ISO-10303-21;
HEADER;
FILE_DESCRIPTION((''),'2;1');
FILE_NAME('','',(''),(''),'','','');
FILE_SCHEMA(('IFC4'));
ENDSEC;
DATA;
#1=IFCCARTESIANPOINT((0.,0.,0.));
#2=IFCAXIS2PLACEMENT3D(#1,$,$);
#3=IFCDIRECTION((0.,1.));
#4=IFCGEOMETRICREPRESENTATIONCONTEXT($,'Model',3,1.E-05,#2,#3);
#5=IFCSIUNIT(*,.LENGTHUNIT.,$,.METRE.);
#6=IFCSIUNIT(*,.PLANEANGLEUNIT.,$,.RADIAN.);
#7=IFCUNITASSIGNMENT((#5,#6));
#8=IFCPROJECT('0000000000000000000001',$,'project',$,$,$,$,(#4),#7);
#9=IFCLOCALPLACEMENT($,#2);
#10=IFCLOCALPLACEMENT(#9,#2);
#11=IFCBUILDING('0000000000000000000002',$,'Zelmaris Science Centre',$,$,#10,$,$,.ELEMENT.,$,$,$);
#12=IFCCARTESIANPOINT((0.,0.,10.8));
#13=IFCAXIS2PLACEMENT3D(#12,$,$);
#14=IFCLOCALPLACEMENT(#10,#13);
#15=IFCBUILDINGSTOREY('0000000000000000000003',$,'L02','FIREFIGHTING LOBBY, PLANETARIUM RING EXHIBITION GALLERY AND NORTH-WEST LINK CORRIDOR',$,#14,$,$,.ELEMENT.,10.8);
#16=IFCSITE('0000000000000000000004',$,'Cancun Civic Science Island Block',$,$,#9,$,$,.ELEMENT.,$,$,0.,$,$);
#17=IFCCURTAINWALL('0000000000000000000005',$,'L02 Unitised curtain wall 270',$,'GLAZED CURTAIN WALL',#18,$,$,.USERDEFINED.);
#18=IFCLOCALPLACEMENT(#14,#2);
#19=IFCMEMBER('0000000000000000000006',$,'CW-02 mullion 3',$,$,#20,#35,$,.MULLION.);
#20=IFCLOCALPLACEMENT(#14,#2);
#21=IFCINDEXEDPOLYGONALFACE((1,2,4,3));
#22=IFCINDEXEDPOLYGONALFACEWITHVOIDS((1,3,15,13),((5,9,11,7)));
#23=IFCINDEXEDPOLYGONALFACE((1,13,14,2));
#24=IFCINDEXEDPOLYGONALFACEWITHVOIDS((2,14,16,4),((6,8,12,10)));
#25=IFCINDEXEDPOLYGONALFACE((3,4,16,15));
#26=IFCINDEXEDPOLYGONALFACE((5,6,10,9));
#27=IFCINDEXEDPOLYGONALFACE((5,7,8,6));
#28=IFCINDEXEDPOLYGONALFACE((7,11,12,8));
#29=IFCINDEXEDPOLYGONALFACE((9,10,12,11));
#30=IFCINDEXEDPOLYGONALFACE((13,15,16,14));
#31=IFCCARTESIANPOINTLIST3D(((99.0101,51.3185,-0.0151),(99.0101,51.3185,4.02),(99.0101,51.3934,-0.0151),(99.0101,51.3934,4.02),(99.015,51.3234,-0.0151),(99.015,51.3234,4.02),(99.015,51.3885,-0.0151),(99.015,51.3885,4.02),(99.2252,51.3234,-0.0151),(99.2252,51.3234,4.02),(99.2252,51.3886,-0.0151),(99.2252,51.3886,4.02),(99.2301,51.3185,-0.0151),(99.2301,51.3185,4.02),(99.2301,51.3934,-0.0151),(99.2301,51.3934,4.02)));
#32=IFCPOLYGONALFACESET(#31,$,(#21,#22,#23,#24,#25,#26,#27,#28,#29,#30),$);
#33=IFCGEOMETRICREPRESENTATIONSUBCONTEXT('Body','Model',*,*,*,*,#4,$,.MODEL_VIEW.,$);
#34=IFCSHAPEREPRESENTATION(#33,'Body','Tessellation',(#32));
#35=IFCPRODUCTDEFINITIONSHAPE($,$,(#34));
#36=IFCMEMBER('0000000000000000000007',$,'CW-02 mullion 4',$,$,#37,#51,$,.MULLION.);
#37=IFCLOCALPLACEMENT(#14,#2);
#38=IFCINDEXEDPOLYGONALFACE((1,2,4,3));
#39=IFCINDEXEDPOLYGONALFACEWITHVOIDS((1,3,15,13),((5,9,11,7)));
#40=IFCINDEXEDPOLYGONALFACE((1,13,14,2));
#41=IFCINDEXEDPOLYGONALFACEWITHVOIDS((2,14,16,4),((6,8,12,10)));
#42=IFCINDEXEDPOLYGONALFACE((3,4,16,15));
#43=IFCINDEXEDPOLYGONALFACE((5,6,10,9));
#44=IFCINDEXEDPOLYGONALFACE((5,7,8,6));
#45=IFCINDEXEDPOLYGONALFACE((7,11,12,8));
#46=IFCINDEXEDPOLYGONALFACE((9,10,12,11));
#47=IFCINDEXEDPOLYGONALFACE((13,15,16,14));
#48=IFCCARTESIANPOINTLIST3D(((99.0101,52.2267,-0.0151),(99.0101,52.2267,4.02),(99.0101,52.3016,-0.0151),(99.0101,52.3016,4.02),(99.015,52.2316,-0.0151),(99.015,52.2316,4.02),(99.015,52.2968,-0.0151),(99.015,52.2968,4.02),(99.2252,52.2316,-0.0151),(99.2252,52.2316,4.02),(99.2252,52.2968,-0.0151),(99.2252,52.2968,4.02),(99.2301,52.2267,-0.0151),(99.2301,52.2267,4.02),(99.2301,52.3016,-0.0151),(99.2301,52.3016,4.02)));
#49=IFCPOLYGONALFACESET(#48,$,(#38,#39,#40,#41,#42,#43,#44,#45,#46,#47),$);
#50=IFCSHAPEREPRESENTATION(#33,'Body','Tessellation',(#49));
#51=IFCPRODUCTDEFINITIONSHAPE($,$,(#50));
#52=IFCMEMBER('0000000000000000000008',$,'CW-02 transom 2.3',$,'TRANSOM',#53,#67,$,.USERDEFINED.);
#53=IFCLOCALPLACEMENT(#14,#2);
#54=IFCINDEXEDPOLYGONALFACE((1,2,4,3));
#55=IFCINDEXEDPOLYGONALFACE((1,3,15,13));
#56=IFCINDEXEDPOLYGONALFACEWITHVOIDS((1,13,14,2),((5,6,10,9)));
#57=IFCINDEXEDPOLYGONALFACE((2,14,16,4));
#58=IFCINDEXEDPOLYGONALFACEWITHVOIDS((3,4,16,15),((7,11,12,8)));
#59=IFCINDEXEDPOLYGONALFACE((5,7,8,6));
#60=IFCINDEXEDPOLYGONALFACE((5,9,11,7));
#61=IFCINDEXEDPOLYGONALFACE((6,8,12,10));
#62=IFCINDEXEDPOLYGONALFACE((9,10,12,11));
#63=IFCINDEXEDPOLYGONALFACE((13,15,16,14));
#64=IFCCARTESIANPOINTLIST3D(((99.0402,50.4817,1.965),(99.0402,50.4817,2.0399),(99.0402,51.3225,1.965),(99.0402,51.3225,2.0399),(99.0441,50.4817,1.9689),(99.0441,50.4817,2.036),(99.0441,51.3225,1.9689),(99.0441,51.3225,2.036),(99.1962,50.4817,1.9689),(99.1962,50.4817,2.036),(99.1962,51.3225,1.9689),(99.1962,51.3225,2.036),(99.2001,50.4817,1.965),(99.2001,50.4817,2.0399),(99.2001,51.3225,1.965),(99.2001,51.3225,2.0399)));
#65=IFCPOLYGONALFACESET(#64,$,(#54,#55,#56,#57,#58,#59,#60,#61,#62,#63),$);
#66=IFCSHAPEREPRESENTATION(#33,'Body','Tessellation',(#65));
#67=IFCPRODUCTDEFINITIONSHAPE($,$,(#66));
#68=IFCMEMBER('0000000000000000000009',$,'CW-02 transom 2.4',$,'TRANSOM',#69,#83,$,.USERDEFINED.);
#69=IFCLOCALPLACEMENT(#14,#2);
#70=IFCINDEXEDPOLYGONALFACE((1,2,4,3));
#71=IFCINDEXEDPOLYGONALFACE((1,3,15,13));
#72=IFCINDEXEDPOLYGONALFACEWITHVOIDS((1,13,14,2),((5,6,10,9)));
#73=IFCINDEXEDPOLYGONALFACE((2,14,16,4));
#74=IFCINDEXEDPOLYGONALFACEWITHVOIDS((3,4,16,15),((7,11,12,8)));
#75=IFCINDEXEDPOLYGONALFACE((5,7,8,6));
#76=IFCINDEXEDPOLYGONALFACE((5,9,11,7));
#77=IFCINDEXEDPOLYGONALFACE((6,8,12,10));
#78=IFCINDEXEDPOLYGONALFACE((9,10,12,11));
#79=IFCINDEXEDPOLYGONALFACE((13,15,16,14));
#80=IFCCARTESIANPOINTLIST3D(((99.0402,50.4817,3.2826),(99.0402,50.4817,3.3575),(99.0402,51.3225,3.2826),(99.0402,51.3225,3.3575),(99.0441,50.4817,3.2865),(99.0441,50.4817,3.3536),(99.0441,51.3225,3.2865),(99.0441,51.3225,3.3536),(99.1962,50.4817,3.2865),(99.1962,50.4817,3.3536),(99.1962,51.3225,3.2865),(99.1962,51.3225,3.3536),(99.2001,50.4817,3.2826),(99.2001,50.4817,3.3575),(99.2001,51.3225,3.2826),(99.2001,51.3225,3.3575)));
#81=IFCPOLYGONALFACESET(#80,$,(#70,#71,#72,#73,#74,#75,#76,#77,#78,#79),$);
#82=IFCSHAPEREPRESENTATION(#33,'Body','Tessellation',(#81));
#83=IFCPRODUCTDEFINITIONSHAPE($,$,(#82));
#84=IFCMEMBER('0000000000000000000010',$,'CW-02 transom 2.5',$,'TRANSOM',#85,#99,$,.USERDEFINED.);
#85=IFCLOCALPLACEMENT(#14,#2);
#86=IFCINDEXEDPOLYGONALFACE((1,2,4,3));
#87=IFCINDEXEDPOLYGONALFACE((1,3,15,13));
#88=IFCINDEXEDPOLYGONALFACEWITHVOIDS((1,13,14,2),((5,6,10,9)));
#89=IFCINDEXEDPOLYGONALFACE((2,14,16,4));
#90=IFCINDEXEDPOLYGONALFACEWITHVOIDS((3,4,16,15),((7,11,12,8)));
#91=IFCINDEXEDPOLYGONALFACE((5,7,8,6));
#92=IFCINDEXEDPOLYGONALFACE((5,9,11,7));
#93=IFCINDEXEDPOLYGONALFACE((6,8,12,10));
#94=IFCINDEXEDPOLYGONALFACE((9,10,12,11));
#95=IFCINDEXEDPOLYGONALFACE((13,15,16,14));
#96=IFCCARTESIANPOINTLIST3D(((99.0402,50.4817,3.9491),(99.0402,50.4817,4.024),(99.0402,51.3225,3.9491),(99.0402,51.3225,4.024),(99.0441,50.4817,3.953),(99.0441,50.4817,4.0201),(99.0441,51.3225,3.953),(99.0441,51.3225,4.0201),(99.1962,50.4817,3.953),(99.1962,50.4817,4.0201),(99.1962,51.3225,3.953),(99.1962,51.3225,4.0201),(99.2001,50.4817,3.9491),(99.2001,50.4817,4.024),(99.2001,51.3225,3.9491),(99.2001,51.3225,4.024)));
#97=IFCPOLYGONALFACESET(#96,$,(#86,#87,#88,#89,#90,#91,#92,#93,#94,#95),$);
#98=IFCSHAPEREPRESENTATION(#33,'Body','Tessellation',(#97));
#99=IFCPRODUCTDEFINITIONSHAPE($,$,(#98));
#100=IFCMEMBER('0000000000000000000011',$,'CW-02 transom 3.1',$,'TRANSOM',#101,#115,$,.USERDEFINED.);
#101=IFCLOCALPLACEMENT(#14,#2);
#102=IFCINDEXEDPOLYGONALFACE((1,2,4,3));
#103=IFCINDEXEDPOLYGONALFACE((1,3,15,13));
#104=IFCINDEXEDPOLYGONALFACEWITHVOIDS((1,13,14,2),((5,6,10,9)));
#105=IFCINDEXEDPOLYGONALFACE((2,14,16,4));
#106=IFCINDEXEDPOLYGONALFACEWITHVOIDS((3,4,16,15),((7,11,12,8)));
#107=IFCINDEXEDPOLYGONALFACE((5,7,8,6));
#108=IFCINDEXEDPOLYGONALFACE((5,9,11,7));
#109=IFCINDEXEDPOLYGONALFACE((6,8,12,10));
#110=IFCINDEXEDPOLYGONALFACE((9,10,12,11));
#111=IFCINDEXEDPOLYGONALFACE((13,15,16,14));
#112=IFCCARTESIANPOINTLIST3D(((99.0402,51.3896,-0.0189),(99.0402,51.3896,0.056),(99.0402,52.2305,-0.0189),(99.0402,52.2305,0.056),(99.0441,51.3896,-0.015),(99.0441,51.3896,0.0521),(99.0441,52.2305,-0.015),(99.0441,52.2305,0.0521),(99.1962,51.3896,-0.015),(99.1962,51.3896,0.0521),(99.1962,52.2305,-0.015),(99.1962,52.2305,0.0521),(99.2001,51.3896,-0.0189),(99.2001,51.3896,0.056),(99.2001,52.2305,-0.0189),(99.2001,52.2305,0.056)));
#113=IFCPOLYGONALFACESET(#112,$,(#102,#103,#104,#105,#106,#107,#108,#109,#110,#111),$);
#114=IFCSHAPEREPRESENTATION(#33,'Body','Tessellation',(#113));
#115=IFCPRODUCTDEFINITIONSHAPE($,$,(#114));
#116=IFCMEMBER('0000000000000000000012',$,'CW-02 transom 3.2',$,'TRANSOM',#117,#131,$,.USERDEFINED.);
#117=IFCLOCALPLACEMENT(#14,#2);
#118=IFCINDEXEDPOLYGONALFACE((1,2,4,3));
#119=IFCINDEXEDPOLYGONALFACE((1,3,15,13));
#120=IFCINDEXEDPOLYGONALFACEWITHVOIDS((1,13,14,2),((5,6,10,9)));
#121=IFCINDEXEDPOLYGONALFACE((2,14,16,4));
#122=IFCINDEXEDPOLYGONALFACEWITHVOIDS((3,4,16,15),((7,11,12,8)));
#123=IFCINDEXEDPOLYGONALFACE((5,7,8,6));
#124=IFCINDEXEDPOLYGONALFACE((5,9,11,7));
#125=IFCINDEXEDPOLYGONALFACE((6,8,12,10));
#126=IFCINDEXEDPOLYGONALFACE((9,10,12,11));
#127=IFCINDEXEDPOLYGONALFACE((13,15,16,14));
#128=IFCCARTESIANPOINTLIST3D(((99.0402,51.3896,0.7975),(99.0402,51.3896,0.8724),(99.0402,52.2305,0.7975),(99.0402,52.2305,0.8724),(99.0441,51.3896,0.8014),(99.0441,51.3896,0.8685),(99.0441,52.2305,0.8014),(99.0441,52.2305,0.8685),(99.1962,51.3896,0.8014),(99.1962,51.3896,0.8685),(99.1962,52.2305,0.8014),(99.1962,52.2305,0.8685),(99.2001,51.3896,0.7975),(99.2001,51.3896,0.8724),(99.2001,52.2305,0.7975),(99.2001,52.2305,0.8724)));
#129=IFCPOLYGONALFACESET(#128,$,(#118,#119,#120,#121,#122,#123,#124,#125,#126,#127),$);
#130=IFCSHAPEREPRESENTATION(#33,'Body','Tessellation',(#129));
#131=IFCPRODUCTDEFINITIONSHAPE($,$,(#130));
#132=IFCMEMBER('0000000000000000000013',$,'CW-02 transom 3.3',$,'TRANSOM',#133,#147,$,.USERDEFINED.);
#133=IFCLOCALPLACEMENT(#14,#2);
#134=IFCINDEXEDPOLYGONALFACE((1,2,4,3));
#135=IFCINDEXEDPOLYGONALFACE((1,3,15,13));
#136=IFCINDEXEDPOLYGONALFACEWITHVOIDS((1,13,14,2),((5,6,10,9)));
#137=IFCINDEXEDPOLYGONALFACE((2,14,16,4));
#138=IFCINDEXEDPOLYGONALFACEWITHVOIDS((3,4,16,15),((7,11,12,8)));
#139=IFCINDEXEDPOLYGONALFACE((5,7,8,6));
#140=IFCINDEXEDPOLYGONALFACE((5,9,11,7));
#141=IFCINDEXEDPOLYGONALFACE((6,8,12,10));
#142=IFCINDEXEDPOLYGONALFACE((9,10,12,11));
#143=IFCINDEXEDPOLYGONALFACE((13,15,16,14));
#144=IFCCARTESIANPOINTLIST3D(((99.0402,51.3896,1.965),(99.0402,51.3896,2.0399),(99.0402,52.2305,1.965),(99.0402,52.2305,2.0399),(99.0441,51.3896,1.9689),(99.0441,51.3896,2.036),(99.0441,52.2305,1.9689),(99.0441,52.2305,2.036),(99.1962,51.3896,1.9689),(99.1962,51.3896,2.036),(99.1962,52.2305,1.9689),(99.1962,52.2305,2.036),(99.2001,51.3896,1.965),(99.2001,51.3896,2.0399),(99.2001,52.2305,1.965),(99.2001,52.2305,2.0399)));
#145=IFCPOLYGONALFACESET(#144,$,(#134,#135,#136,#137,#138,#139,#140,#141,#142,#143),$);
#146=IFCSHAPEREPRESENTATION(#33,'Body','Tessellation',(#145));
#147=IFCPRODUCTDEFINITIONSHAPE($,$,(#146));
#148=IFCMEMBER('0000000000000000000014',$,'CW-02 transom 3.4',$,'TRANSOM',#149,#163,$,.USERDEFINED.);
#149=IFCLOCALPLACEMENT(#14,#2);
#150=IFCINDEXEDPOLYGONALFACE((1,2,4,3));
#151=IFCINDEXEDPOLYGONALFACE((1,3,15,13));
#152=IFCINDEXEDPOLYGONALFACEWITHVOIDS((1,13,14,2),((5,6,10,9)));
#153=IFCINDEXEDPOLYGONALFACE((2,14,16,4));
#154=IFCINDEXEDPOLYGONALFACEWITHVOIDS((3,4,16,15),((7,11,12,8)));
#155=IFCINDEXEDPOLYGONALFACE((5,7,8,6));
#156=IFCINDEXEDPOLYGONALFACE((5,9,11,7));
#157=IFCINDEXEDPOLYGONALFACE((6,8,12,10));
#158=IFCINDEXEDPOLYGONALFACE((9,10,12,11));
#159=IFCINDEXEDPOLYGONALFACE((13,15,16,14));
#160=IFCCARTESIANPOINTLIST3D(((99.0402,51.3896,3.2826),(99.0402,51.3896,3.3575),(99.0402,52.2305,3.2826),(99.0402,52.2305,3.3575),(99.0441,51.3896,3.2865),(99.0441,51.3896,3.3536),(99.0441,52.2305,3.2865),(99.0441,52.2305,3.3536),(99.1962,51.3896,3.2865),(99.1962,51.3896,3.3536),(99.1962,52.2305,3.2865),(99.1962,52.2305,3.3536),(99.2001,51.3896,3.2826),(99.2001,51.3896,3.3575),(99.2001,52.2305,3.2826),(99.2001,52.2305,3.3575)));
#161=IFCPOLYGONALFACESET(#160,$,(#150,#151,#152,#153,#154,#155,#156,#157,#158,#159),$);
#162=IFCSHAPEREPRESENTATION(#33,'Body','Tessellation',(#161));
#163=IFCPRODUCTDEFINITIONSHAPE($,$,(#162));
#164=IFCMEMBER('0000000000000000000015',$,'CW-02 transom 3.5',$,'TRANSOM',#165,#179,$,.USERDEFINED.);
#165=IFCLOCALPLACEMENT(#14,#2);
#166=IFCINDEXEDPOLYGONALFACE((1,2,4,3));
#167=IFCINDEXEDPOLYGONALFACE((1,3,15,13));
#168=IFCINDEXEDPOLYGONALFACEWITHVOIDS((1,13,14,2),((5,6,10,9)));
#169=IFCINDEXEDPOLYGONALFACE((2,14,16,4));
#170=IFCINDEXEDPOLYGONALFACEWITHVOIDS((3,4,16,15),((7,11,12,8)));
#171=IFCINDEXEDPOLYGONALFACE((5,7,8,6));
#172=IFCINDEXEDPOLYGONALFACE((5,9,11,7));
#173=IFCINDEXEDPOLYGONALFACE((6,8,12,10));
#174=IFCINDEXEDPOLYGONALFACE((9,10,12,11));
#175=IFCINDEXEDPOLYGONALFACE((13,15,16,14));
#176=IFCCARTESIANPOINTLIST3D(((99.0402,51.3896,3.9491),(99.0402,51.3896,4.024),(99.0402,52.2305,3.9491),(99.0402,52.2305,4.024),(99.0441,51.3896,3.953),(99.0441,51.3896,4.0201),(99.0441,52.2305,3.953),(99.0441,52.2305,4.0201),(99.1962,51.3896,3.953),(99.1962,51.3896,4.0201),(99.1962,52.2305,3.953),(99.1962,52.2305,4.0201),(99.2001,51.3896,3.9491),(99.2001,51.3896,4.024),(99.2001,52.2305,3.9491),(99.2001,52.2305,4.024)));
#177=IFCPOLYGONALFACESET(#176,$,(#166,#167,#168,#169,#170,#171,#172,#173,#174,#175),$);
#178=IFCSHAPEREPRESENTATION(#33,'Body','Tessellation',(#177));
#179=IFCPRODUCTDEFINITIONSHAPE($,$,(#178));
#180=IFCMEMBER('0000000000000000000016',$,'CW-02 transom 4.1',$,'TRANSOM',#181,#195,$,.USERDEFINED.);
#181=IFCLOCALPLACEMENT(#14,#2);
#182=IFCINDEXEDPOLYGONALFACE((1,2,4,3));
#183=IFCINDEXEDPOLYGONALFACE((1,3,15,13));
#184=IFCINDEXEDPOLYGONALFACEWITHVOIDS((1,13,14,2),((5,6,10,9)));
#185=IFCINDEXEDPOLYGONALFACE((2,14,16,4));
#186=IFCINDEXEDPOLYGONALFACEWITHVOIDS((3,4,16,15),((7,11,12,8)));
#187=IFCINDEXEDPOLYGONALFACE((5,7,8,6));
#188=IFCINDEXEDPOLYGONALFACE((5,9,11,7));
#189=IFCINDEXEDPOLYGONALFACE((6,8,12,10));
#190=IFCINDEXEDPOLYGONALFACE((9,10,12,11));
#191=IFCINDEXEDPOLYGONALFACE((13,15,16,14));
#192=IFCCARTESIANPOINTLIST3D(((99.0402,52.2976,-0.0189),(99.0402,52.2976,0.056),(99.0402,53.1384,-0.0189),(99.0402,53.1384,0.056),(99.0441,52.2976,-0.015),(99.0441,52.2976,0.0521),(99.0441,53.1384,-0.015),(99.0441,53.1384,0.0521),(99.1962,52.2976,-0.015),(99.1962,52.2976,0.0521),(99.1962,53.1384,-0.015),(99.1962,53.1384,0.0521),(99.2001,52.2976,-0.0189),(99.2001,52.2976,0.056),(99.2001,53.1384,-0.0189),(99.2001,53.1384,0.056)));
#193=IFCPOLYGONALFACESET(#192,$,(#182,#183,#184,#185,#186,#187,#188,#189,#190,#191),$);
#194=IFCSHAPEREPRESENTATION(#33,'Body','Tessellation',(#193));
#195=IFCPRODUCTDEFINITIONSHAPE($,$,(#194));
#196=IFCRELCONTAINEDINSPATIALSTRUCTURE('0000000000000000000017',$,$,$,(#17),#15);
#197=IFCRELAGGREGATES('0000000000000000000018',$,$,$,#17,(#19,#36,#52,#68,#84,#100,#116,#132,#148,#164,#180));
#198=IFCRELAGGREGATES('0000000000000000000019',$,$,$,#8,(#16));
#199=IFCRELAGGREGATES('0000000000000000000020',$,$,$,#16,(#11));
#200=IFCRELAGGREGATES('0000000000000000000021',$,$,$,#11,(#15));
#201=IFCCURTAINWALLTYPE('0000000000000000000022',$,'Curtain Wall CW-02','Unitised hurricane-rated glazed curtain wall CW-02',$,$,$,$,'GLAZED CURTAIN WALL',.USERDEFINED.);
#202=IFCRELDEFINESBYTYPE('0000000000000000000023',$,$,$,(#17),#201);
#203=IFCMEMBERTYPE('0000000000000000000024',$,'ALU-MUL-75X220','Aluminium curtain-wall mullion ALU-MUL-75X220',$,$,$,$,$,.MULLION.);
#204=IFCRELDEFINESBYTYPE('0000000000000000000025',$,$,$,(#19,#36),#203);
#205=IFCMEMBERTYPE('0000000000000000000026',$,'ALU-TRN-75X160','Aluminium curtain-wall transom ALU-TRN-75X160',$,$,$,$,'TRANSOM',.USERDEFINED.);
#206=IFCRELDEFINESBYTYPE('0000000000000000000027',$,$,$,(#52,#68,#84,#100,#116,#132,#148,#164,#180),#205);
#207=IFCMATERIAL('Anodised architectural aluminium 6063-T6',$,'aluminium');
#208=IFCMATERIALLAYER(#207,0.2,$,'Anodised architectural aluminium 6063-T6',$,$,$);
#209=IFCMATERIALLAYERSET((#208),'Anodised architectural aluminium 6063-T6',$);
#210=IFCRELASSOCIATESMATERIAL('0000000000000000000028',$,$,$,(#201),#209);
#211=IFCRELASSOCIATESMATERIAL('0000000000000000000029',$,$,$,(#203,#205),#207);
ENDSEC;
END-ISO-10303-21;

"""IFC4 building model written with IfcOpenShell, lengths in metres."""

from ifc_helpers import new_model, si_unit, direction, frame, origin, origin_2d, place, context, subcontext, project, spatial, hollow_rectangle, extrude, material, layer, layer_set, material_profile, profile_set, type_object, element, aggregate, save


model = new_model("IFC4")

# Units and contexts
model_context = context("Model", 3, precision=1e-05, world=origin(), true_north=direction((0.0, 1.0)))
body_context = subcontext(model_context, "Body", "Model", "MODEL_VIEW")
ifc_project = project(units=[si_unit("LENGTHUNIT", "METRE"), si_unit("PLANEANGLEUNIT", "RADIAN")], contexts=[model_context])

# Site, building, storey
site_placement = place(None, origin())
site = spatial("IfcSite", under=ifc_project, at=site_placement, Name="Cancun Civic Science Island Block", CompositionType="ELEMENT", RefElevation=0.0)
building_placement = place(site_placement, origin())
building = spatial("IfcBuilding", under=site, at=building_placement, Name="Zelmaris Science Centre", CompositionType="ELEMENT")
storey_placement = place(building_placement, frame((0.0, 0.0, 10.8)))
storey = spatial("IfcBuildingStorey", under=building, at=storey_placement, Name="L02", Description="FIREFIGHTING LOBBY, PLANETARIUM RING EXHIBITION GALLERY AND NORTH-WEST LINK CORRIDOR", CompositionType="ELEMENT", Elevation=10.8)

# Curtain wall, members
ifc_material_1 = material(Name="Anodised architectural aluminium 6063-T6", Category="aluminium")
ifc_layer_1 = layer(ifc_material_1, 0.2, Name="Anodised architectural aluminium 6063-T6")
ifc_layer_set_1 = layer_set([ifc_layer_1], Name="Anodised architectural aluminium 6063-T6")
curtain_wall_type = type_object("IfcCurtainWallType", Name="Curtain Wall CW-02", Description="Unitised hurricane-rated glazed curtain wall CW-02", ElementType="GLAZED CURTAIN WALL", PredefinedType="USERDEFINED", material=ifc_layer_set_1)
curtain_wall_placement = place(storey_placement, origin())
curtain_wall = element("IfcCurtainWall", 1, at=curtain_wall_placement, inside=storey, type_object=curtain_wall_type, Name="L02 Unitised curtain wall 270", ObjectType="GLAZED CURTAIN WALL", PredefinedType="USERDEFINED")
ifc_material_profile_1 = material_profile(ifc_material_1, hollow_rectangle(XDim=0.075, YDim=0.22, WallThickness=0.0049, at=origin_2d()), Name="ALU-MUL-75X220")
ifc_profile_set_1 = profile_set([ifc_material_profile_1], Name="Anodised architectural aluminium 6063-T6")
member_type_1 = type_object("IfcMemberType", Name="ALU-MUL-75X220", Description="Aluminium curtain-wall mullion ALU-MUL-75X220", PredefinedType="MULLION", material=ifc_profile_set_1)
member_1_placement = place(storey_placement, frame((99.1201, 51.356, -0.0151), z_axis=(0.0, 0.0, 1.0), x_axis=(-0.000005, 1.0, 0.0)))
member_1 = element("IfcMember", 2, at=member_1_placement, type_object=member_type_1, Name="CW-02 mullion 3", PredefinedType="MULLION", context=body_context, shape_type="SweptSolid", body=[
    extrude(hollow_rectangle(XDim=0.075, YDim=0.22, WallThickness=0.0049, at=origin_2d()), origin(), (0.0, 0.0, 1.0), 4.0352),
])
member_2_placement = place(storey_placement, frame((99.1201, 52.2642, -0.0151), z_axis=(0.0, 0.0, 1.0), x_axis=(-0.000005, 1.0, 0.0)))
member_2 = element("IfcMember", 3, at=member_2_placement, type_object=member_type_1, Name="CW-02 mullion 4", PredefinedType="MULLION", context=body_context, shape_type="SweptSolid", body=[
    extrude(hollow_rectangle(XDim=0.075, YDim=0.22, WallThickness=0.0049, at=origin_2d()), origin(), (0.0, 0.0, 1.0), 4.0352),
])
ifc_material_profile_2 = material_profile(ifc_material_1, hollow_rectangle(XDim=0.075, YDim=0.1599, WallThickness=0.0039, at=origin_2d()), Name="ALU-TRN-75X160")
ifc_profile_set_2 = profile_set([ifc_material_profile_2], Name="Anodised architectural aluminium 6063-T6")
member_type_2 = type_object("IfcMemberType", Name="ALU-TRN-75X160", Description="Aluminium curtain-wall transom ALU-TRN-75X160", ElementType="TRANSOM", PredefinedType="USERDEFINED", material=ifc_profile_set_2)
member_3_placement = place(storey_placement, frame((99.1201, 50.4817, 2.0024), z_axis=(0.0, 1.0, 0.0), x_axis=(0.0, 0.0, 1.0)))
member_3 = element("IfcMember", 4, at=member_3_placement, type_object=member_type_2, Name="CW-02 transom 2.3", ObjectType="TRANSOM", PredefinedType="USERDEFINED", context=body_context, shape_type="SweptSolid", body=[
    extrude(hollow_rectangle(XDim=0.075, YDim=0.1599, WallThickness=0.0039, at=origin_2d()), origin(), (0.0, 0.0, 1.0), 0.8408),
])
member_4_placement = place(storey_placement, frame((99.1201, 50.4817, 3.3201), z_axis=(0.0, 1.0, 0.0), x_axis=(0.0, 0.0, 1.0)))
member_4 = element("IfcMember", 5, at=member_4_placement, type_object=member_type_2, Name="CW-02 transom 2.4", ObjectType="TRANSOM", PredefinedType="USERDEFINED", context=body_context, shape_type="SweptSolid", body=[
    extrude(hollow_rectangle(XDim=0.075, YDim=0.1599, WallThickness=0.0039, at=origin_2d()), origin(), (0.0, 0.0, 1.0), 0.8408),
])
member_5_placement = place(storey_placement, frame((99.1201, 50.4817, 3.9866), z_axis=(0.0, 1.0, 0.0), x_axis=(0.0, 0.0, 1.0)))
member_5 = element("IfcMember", 6, at=member_5_placement, type_object=member_type_2, Name="CW-02 transom 2.5", ObjectType="TRANSOM", PredefinedType="USERDEFINED", context=body_context, shape_type="SweptSolid", body=[
    extrude(hollow_rectangle(XDim=0.075, YDim=0.1599, WallThickness=0.0039, at=origin_2d()), origin(), (0.0, 0.0, 1.0), 0.8408),
])
member_6_placement = place(storey_placement, frame((99.1201, 51.3896, 0.0186), z_axis=(0.0, 1.0, 0.0), x_axis=(0.0, 0.0, 1.0)))
member_6 = element("IfcMember", 7, at=member_6_placement, type_object=member_type_2, Name="CW-02 transom 3.1", ObjectType="TRANSOM", PredefinedType="USERDEFINED", context=body_context, shape_type="SweptSolid", body=[
    extrude(hollow_rectangle(XDim=0.075, YDim=0.1599, WallThickness=0.0039, at=origin_2d()), origin(), (0.0, 0.0, 1.0), 0.8408),
])
member_7_placement = place(storey_placement, frame((99.1201, 51.3896, 0.835), z_axis=(0.0, 1.0, 0.0), x_axis=(0.0, 0.0, 1.0)))
member_7 = element("IfcMember", 8, at=member_7_placement, type_object=member_type_2, Name="CW-02 transom 3.2", ObjectType="TRANSOM", PredefinedType="USERDEFINED", context=body_context, shape_type="SweptSolid", body=[
    extrude(hollow_rectangle(XDim=0.075, YDim=0.1599, WallThickness=0.0039, at=origin_2d()), origin(), (0.0, 0.0, 1.0), 0.8408),
])
member_8_placement = place(storey_placement, frame((99.1201, 51.3896, 2.0024), z_axis=(0.0, 1.0, 0.0), x_axis=(0.0, 0.0, 1.0)))
member_8 = element("IfcMember", 9, at=member_8_placement, type_object=member_type_2, Name="CW-02 transom 3.3", ObjectType="TRANSOM", PredefinedType="USERDEFINED", context=body_context, shape_type="SweptSolid", body=[
    extrude(hollow_rectangle(XDim=0.075, YDim=0.1599, WallThickness=0.0039, at=origin_2d()), origin(), (0.0, 0.0, 1.0), 0.8408),
])
member_9_placement = place(storey_placement, frame((99.1201, 51.3896, 3.3201), z_axis=(0.0, 1.0, 0.0), x_axis=(0.0, 0.0, 1.0)))
member_9 = element("IfcMember", 10, at=member_9_placement, type_object=member_type_2, Name="CW-02 transom 3.4", ObjectType="TRANSOM", PredefinedType="USERDEFINED", context=body_context, shape_type="SweptSolid", body=[
    extrude(hollow_rectangle(XDim=0.075, YDim=0.1599, WallThickness=0.0039, at=origin_2d()), origin(), (0.0, 0.0, 1.0), 0.8408),
])
member_10_placement = place(storey_placement, frame((99.1201, 51.3896, 3.9866), z_axis=(0.0, 1.0, 0.0), x_axis=(0.0, 0.0, 1.0)))
member_10 = element("IfcMember", 11, at=member_10_placement, type_object=member_type_2, Name="CW-02 transom 3.5", ObjectType="TRANSOM", PredefinedType="USERDEFINED", context=body_context, shape_type="SweptSolid", body=[
    extrude(hollow_rectangle(XDim=0.075, YDim=0.1599, WallThickness=0.0039, at=origin_2d()), origin(), (0.0, 0.0, 1.0), 0.8408),
])
member_11_placement = place(storey_placement, frame((99.1201, 52.2976, 0.0186), z_axis=(0.0, 1.0, 0.0), x_axis=(0.0, 0.0, 1.0)))
member_11 = element("IfcMember", 12, at=member_11_placement, type_object=member_type_2, Name="CW-02 transom 4.1", ObjectType="TRANSOM", PredefinedType="USERDEFINED", context=body_context, shape_type="SweptSolid", body=[
    extrude(hollow_rectangle(XDim=0.075, YDim=0.1599, WallThickness=0.0039, at=origin_2d()), origin(), (0.0, 0.0, 1.0), 0.8408),
])

aggregate(curtain_wall, [member_1, member_2, member_3, member_4, member_5, member_6, member_7, member_8, member_9, member_10, member_11])

save(model, "model.ifc")
